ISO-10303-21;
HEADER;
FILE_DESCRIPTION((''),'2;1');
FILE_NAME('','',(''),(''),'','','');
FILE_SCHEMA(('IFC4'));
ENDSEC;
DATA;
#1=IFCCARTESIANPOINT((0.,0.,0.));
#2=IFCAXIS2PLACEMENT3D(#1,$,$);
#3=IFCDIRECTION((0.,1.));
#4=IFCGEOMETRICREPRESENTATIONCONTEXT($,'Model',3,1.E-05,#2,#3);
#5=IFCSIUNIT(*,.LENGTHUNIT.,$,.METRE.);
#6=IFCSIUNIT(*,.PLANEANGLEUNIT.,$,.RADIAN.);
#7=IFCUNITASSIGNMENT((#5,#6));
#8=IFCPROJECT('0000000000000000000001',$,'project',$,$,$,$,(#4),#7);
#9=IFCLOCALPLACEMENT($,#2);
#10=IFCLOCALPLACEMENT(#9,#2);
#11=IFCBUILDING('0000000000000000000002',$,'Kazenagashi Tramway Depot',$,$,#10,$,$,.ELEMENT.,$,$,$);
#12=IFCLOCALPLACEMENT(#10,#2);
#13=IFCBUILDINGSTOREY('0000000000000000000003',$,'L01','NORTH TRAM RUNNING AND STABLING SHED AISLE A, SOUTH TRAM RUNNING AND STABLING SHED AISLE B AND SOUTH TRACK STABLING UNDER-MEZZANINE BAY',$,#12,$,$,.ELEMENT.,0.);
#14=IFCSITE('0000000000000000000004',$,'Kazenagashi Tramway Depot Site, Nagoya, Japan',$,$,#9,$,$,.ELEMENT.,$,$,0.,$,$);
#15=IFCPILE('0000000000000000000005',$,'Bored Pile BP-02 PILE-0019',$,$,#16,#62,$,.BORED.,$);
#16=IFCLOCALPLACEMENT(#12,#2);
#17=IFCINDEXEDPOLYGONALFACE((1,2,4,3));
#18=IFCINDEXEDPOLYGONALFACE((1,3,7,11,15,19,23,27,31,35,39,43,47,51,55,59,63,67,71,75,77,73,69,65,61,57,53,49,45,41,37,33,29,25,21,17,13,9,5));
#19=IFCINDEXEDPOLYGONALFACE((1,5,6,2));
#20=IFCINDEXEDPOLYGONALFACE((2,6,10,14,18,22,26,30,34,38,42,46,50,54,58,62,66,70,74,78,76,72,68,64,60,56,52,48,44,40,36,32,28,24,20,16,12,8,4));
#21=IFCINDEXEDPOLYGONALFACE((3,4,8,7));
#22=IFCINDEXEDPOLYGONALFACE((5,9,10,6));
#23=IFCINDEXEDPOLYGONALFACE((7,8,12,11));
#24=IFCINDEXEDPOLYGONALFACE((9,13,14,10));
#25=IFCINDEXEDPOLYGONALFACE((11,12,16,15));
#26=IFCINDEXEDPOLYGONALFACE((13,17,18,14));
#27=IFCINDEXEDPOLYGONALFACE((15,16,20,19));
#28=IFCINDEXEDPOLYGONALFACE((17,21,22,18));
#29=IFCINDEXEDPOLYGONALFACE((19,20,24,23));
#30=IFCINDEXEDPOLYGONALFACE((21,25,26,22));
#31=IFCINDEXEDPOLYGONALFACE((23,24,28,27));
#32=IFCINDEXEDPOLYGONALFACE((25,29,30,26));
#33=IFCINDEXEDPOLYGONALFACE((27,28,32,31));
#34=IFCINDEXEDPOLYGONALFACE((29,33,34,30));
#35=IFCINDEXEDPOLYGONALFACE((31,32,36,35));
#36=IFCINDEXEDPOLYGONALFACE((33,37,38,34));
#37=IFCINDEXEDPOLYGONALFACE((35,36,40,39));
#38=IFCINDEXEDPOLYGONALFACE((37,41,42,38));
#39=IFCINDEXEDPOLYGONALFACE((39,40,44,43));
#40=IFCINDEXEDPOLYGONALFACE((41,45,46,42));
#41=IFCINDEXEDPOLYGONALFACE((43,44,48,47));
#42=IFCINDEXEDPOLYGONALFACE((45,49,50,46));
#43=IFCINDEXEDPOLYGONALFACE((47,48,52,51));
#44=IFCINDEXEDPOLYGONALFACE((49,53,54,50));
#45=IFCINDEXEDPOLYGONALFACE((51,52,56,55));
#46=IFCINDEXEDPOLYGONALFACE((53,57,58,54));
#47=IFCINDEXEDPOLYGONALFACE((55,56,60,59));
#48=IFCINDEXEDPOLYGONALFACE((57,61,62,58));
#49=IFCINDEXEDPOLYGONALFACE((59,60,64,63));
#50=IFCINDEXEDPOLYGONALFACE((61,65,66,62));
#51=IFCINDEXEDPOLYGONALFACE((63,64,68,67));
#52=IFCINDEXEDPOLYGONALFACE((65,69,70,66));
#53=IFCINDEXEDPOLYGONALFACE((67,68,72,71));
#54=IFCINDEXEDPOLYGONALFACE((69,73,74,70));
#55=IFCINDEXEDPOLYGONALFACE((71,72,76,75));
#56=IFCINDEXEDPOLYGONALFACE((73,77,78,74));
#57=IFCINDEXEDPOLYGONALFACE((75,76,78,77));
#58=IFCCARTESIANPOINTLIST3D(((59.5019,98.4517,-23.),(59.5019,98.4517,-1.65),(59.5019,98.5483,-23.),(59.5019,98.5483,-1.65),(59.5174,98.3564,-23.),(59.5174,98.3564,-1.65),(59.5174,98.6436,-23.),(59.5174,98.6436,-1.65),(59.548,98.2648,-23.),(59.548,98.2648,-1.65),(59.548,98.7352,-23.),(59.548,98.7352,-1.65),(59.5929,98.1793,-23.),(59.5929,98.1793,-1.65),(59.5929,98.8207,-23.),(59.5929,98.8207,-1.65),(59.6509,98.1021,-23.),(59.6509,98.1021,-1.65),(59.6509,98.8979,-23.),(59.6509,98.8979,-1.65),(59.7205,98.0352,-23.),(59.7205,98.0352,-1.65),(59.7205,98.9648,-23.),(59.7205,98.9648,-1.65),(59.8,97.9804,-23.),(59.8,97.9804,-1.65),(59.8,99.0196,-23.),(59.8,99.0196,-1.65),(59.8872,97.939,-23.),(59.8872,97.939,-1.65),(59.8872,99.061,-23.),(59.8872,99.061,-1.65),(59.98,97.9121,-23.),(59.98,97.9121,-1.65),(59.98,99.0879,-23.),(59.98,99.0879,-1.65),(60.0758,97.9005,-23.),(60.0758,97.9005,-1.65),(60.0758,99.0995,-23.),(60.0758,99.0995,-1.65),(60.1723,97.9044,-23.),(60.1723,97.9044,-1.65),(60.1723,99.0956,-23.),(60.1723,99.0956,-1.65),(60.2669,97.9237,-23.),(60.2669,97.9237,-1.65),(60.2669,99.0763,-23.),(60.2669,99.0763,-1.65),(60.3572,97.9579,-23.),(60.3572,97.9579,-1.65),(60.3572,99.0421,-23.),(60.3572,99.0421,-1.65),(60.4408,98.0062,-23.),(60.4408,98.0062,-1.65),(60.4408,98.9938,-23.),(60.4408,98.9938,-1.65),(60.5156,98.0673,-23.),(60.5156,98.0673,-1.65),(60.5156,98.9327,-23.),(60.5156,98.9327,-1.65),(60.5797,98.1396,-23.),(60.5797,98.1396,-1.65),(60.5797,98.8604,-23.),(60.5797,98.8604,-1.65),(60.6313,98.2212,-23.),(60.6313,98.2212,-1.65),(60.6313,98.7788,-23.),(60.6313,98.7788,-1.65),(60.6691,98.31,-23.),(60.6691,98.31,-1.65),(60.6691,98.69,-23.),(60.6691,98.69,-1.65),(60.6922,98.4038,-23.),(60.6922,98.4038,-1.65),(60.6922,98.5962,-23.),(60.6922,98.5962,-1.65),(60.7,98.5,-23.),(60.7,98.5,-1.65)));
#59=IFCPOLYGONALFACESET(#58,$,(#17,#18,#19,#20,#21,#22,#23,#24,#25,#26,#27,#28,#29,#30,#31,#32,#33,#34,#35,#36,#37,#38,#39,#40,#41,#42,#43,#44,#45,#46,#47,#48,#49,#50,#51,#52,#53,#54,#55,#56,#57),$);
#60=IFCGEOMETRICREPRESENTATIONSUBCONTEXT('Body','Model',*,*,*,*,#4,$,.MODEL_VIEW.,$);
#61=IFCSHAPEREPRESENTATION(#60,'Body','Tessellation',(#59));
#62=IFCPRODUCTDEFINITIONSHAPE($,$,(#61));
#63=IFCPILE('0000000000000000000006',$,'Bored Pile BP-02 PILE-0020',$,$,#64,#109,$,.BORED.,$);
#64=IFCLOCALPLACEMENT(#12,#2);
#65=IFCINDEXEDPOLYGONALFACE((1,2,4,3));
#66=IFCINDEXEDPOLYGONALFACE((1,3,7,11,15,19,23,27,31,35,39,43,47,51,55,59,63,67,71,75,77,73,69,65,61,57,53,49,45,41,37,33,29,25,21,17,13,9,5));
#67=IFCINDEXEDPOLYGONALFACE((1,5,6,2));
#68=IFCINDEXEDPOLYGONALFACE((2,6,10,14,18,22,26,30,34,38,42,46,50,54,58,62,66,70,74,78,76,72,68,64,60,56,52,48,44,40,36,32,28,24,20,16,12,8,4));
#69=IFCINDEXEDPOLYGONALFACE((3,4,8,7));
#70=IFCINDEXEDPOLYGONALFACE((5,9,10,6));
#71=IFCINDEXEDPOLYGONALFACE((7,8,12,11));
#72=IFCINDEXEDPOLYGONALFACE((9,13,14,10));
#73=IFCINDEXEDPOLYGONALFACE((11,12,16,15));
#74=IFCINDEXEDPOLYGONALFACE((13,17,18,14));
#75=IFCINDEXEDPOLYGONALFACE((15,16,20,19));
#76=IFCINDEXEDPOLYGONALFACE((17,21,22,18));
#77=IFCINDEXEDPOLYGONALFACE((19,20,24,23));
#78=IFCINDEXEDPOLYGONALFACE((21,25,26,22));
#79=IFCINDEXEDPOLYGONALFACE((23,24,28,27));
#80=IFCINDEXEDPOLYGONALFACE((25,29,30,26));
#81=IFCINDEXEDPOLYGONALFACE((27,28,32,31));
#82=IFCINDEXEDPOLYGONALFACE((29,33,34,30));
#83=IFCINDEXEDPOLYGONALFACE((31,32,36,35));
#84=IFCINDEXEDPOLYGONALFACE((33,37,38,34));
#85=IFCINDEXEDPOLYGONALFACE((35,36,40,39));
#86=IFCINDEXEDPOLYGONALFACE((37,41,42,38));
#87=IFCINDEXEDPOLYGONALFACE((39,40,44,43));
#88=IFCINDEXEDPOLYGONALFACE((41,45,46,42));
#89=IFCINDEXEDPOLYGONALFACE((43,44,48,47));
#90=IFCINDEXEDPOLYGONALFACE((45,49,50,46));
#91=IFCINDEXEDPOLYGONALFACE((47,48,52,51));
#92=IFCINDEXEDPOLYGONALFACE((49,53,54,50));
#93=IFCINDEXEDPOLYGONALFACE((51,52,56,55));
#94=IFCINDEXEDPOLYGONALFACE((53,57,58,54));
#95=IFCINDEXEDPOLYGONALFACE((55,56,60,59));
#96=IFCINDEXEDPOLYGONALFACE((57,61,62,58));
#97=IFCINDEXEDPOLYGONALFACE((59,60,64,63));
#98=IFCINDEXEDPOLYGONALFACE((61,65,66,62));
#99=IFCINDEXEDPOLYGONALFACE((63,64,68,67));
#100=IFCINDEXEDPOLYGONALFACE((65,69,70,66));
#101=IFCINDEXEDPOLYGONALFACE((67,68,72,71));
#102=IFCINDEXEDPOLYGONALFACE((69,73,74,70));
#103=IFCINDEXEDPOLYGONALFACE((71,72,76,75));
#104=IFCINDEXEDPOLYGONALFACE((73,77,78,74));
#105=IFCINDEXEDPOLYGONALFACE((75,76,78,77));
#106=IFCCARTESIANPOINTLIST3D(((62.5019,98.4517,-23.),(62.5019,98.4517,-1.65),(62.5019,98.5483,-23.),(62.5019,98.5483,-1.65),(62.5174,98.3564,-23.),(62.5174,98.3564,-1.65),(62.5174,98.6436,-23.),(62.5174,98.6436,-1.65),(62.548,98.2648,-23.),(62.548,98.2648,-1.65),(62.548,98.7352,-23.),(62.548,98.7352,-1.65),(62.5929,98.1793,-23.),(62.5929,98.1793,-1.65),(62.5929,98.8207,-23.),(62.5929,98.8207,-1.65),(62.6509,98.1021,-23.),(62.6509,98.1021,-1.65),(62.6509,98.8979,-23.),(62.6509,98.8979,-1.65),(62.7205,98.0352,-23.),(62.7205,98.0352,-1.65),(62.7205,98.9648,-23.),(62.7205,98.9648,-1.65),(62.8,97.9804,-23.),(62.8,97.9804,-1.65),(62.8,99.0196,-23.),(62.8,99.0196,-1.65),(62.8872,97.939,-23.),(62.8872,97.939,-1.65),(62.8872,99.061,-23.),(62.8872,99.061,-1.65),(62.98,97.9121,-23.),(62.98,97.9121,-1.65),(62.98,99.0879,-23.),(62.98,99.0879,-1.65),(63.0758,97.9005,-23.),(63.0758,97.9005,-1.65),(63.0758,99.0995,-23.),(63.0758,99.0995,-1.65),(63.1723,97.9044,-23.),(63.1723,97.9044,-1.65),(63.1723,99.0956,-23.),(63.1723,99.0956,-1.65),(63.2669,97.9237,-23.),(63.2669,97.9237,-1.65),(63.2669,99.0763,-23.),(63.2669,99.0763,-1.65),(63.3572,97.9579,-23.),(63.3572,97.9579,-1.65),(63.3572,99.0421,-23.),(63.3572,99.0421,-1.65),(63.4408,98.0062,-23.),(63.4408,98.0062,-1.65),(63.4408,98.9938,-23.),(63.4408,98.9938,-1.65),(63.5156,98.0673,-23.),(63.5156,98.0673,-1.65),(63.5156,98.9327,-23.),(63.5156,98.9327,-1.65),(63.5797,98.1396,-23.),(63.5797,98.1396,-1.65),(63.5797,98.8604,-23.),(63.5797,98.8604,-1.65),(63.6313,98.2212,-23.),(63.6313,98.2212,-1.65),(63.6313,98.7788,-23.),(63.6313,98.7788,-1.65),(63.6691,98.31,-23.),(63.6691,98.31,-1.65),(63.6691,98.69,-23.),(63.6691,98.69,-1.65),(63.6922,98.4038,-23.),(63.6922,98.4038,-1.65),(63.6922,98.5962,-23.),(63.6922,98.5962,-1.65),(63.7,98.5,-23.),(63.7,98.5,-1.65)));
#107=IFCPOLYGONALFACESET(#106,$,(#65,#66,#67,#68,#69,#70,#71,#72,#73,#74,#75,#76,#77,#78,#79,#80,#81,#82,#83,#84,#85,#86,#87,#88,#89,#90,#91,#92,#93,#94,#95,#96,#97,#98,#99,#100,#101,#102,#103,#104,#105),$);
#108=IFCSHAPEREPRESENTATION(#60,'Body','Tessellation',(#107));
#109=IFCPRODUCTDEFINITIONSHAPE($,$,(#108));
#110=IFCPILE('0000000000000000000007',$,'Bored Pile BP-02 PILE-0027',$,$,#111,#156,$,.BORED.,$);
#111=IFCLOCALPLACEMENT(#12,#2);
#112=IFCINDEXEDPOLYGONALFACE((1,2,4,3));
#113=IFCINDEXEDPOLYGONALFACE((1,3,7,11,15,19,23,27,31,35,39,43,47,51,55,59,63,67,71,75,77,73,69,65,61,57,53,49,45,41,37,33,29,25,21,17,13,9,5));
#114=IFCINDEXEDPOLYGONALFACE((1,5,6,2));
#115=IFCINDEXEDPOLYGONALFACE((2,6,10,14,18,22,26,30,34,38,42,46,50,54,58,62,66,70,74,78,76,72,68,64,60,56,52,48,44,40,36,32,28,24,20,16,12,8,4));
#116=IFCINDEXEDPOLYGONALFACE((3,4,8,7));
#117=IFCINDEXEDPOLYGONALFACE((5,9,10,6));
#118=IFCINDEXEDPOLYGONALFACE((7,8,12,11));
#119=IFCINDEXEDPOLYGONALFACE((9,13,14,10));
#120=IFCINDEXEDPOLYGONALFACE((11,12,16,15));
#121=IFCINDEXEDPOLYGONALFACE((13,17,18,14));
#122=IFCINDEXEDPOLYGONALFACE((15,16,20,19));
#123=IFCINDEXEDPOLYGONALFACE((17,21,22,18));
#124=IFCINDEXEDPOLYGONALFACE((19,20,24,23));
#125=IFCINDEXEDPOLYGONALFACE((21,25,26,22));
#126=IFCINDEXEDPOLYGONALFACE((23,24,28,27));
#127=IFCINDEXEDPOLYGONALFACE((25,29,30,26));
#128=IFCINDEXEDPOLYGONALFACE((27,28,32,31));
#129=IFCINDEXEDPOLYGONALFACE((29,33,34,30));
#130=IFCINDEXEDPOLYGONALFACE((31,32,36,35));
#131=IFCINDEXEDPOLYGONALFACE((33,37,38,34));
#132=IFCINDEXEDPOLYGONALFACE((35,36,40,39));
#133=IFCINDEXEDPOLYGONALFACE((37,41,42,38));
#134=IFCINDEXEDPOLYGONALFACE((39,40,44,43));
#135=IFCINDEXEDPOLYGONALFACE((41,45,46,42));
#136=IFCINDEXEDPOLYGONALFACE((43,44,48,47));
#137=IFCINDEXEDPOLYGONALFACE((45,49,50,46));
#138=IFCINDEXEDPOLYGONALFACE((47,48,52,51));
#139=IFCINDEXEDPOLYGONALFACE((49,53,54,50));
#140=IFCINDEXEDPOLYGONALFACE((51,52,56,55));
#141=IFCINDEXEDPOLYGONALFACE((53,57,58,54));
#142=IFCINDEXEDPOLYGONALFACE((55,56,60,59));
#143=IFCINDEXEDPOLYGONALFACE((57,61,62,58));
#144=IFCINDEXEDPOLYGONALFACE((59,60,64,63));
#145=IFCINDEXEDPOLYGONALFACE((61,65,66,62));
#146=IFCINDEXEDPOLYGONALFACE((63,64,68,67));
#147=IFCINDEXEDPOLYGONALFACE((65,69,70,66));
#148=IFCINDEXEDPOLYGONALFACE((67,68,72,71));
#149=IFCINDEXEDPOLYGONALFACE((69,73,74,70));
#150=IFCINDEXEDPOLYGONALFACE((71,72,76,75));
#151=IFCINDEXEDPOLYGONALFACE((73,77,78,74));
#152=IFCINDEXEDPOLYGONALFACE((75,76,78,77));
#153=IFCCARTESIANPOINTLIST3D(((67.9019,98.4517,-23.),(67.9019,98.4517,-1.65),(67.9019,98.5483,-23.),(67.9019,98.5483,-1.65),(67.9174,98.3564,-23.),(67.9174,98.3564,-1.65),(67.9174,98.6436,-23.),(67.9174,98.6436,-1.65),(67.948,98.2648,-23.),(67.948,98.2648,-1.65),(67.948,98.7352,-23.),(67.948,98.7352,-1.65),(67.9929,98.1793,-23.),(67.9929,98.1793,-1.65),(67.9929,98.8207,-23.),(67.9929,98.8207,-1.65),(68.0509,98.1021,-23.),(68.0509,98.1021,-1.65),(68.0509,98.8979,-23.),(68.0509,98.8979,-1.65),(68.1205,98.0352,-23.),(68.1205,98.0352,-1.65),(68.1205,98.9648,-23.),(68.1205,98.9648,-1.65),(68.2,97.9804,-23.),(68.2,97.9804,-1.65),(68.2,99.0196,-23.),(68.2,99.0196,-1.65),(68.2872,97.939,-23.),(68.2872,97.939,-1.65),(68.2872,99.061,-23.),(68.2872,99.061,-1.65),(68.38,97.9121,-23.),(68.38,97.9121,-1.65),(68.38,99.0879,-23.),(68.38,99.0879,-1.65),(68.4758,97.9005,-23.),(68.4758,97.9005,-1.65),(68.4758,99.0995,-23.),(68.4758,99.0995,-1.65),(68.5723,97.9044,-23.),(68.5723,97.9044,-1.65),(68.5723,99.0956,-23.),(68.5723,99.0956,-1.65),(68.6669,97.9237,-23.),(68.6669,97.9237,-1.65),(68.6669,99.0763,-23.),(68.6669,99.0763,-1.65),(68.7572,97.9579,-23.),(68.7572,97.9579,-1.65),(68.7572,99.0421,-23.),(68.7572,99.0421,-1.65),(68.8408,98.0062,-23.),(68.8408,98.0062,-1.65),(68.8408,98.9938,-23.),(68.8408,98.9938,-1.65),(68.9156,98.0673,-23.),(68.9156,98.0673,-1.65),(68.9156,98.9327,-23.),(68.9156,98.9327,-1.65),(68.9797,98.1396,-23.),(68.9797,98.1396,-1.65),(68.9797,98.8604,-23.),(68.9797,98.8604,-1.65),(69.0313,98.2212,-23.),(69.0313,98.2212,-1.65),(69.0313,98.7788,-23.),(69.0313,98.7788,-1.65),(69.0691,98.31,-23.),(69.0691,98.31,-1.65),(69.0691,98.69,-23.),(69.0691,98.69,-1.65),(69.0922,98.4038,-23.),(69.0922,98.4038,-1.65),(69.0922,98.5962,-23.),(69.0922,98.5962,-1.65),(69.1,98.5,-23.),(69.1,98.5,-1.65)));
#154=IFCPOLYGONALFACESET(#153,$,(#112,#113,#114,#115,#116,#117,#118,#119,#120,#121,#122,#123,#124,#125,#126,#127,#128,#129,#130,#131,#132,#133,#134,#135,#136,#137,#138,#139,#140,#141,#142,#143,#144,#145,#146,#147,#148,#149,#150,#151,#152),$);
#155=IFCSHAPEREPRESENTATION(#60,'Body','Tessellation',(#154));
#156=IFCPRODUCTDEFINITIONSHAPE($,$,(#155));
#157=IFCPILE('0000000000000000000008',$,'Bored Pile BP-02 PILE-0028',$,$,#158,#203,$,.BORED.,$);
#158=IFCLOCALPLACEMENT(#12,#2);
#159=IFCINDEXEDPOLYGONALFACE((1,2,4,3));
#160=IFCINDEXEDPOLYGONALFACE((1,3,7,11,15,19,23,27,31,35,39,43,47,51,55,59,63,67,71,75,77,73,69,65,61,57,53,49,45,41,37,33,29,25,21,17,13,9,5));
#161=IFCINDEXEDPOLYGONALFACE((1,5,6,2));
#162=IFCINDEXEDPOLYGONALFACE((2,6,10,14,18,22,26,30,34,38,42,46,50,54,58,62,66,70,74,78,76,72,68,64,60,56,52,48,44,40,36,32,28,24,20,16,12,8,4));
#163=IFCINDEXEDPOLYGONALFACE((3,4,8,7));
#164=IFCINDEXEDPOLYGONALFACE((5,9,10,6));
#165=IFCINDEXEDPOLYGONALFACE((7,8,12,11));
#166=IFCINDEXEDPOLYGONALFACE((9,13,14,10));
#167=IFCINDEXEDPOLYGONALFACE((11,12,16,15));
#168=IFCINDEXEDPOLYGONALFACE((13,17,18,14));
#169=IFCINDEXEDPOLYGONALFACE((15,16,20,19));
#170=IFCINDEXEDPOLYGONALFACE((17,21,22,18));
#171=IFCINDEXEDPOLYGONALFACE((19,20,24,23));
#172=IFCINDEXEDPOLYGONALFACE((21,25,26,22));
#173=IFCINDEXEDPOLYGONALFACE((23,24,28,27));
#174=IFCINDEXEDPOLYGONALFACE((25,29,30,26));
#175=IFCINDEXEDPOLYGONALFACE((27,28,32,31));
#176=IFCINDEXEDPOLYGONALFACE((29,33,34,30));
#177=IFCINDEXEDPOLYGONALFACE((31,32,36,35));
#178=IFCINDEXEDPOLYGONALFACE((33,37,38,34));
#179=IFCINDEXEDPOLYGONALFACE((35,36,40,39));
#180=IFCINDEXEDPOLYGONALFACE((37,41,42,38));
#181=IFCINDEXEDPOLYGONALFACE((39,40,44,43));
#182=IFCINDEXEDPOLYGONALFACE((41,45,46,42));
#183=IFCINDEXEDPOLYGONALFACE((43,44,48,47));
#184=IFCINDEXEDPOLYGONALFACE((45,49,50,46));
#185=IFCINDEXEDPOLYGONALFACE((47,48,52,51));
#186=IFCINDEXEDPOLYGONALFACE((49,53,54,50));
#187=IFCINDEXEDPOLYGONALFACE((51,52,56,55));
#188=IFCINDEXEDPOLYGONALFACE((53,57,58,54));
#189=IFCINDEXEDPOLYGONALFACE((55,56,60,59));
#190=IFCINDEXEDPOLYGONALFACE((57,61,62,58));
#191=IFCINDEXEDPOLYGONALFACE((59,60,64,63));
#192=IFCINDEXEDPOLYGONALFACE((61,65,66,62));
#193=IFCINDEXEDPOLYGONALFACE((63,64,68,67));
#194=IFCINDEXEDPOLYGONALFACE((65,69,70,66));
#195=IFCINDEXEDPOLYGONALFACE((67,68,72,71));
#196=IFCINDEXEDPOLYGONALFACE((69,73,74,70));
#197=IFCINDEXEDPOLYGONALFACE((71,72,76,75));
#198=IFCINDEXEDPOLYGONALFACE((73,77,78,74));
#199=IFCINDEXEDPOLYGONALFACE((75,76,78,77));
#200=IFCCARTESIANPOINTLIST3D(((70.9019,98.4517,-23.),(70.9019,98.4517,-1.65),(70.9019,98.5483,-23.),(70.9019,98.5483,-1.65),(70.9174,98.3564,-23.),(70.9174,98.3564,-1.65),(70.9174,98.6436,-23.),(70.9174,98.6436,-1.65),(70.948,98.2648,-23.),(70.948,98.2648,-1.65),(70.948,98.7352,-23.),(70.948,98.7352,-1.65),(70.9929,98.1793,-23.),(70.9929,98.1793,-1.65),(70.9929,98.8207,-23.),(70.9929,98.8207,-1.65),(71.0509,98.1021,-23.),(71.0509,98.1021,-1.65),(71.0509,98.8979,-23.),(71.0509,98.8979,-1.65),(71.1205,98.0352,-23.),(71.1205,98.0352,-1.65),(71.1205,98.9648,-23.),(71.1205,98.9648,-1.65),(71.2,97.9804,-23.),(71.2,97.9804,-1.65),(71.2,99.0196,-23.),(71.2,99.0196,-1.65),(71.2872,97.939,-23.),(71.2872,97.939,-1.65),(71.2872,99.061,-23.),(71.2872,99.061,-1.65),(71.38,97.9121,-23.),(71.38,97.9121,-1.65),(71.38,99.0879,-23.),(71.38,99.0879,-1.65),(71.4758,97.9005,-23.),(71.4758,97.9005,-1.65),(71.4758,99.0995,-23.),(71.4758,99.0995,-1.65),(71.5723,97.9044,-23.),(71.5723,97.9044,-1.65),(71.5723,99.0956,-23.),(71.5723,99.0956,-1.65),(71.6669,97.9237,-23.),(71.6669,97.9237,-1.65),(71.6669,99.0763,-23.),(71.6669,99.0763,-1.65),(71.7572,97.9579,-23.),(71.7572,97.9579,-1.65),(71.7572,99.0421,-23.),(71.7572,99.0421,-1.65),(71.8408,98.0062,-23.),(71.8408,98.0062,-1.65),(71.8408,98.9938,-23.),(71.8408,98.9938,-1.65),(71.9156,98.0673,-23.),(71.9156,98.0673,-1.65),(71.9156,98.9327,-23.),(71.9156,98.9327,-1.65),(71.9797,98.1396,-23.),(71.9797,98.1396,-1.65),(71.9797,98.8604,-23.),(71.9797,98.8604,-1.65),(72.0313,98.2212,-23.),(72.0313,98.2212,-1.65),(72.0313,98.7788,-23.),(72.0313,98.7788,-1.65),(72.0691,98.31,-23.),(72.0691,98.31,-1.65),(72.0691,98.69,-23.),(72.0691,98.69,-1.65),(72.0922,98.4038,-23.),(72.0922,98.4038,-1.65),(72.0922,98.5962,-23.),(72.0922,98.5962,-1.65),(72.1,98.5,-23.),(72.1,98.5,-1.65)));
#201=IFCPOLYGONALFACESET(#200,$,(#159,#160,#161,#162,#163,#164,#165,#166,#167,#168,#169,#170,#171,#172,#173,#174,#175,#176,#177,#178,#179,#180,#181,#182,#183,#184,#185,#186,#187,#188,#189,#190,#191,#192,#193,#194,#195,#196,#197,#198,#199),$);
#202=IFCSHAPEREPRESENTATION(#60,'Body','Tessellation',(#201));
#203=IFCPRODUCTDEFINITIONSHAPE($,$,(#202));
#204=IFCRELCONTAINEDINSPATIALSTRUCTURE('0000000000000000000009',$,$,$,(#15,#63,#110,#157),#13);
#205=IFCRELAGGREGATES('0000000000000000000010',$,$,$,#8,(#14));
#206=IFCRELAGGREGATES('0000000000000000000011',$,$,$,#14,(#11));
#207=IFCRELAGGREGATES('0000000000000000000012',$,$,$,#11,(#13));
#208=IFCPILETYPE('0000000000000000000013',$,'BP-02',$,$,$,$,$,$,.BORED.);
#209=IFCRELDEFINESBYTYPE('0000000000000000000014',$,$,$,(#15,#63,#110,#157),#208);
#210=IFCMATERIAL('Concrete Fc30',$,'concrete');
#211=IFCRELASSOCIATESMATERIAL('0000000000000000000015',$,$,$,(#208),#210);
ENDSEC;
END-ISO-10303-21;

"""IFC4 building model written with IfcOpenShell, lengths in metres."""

from ifc_helpers import new_model, si_unit, direction, frame, origin, origin_2d, place, context, subcontext, project, spatial, circle, extrude, material, material_profile, profile_set, type_object, element, save


model = new_model("IFC4")

# Units and contexts
model_context = context("Model", 3, precision=1e-05, world=origin(), true_north=direction((0.0, 1.0)))
body_context = subcontext(model_context, "Body", "Model", "MODEL_VIEW")
ifc_project = project(units=[si_unit("LENGTHUNIT", "METRE"), si_unit("PLANEANGLEUNIT", "RADIAN")], contexts=[model_context])

# Site, building, storey
site_placement = place(None, origin())
site = spatial("IfcSite", under=ifc_project, at=site_placement, Name="Kazenagashi Tramway Depot Site, Nagoya, Japan", CompositionType="ELEMENT", RefElevation=0.0)
building_placement = place(site_placement, origin())
building = spatial("IfcBuilding", under=site, at=building_placement, Name="Kazenagashi Tramway Depot", CompositionType="ELEMENT")
storey_placement = place(building_placement, origin())
storey = spatial("IfcBuildingStorey", under=building, at=storey_placement, Name="L01", Description="NORTH TRAM RUNNING AND STABLING SHED AISLE A, SOUTH TRAM RUNNING AND STABLING SHED AISLE B AND SOUTH TRACK STABLING UNDER-MEZZANINE BAY", CompositionType="ELEMENT", Elevation=0.0)

# Piles
ifc_material_1 = material(Name="Concrete Fc30", Category="concrete")
ifc_material_profile_1 = material_profile(ifc_material_1, circle(Radius=0.6, at=origin_2d()), Name="PILE-1200")
ifc_profile_set_1 = profile_set([ifc_material_profile_1], Name="Concrete Fc30")
pile_type_1 = type_object("IfcPileType", Name="BP-02", PredefinedType="BORED", material=ifc_profile_set_1)
for number, where, z_axis, x_axis, name in (
    (1, (60.1, 98.5, -1.65), (0.0, 0.0, -1.0), (1.0, 0.0, 0.0), "Bored Pile BP-02 PILE-0019"),
    (2, (63.1, 98.5, -1.65), (0.0, 0.0, -1.0), (1.0, 0.0, 0.0), "Bored Pile BP-02 PILE-0020"),
    (3, (68.5, 98.5, -1.65), (0.0, 0.0, -1.0), (1.0, 0.0, 0.0), "Bored Pile BP-02 PILE-0027"),
    (4, (71.5, 98.5, -1.65), (0.0, 0.0, -1.0), (1.0, 0.0, 0.0), "Bored Pile BP-02 PILE-0028"),
):
    element("IfcPile", number, at=place(storey_placement, frame(where, z_axis=z_axis, x_axis=x_axis)), inside=storey, type_object=pile_type_1, Name=name, PredefinedType="BORED", context=body_context, shape_type="SweptSolid", body=[
        extrude(circle(Radius=0.6, at=origin_2d()), origin(), (0.0, 0.0, 1.0), 21.35),
    ])

save(model, "model.ifc")
